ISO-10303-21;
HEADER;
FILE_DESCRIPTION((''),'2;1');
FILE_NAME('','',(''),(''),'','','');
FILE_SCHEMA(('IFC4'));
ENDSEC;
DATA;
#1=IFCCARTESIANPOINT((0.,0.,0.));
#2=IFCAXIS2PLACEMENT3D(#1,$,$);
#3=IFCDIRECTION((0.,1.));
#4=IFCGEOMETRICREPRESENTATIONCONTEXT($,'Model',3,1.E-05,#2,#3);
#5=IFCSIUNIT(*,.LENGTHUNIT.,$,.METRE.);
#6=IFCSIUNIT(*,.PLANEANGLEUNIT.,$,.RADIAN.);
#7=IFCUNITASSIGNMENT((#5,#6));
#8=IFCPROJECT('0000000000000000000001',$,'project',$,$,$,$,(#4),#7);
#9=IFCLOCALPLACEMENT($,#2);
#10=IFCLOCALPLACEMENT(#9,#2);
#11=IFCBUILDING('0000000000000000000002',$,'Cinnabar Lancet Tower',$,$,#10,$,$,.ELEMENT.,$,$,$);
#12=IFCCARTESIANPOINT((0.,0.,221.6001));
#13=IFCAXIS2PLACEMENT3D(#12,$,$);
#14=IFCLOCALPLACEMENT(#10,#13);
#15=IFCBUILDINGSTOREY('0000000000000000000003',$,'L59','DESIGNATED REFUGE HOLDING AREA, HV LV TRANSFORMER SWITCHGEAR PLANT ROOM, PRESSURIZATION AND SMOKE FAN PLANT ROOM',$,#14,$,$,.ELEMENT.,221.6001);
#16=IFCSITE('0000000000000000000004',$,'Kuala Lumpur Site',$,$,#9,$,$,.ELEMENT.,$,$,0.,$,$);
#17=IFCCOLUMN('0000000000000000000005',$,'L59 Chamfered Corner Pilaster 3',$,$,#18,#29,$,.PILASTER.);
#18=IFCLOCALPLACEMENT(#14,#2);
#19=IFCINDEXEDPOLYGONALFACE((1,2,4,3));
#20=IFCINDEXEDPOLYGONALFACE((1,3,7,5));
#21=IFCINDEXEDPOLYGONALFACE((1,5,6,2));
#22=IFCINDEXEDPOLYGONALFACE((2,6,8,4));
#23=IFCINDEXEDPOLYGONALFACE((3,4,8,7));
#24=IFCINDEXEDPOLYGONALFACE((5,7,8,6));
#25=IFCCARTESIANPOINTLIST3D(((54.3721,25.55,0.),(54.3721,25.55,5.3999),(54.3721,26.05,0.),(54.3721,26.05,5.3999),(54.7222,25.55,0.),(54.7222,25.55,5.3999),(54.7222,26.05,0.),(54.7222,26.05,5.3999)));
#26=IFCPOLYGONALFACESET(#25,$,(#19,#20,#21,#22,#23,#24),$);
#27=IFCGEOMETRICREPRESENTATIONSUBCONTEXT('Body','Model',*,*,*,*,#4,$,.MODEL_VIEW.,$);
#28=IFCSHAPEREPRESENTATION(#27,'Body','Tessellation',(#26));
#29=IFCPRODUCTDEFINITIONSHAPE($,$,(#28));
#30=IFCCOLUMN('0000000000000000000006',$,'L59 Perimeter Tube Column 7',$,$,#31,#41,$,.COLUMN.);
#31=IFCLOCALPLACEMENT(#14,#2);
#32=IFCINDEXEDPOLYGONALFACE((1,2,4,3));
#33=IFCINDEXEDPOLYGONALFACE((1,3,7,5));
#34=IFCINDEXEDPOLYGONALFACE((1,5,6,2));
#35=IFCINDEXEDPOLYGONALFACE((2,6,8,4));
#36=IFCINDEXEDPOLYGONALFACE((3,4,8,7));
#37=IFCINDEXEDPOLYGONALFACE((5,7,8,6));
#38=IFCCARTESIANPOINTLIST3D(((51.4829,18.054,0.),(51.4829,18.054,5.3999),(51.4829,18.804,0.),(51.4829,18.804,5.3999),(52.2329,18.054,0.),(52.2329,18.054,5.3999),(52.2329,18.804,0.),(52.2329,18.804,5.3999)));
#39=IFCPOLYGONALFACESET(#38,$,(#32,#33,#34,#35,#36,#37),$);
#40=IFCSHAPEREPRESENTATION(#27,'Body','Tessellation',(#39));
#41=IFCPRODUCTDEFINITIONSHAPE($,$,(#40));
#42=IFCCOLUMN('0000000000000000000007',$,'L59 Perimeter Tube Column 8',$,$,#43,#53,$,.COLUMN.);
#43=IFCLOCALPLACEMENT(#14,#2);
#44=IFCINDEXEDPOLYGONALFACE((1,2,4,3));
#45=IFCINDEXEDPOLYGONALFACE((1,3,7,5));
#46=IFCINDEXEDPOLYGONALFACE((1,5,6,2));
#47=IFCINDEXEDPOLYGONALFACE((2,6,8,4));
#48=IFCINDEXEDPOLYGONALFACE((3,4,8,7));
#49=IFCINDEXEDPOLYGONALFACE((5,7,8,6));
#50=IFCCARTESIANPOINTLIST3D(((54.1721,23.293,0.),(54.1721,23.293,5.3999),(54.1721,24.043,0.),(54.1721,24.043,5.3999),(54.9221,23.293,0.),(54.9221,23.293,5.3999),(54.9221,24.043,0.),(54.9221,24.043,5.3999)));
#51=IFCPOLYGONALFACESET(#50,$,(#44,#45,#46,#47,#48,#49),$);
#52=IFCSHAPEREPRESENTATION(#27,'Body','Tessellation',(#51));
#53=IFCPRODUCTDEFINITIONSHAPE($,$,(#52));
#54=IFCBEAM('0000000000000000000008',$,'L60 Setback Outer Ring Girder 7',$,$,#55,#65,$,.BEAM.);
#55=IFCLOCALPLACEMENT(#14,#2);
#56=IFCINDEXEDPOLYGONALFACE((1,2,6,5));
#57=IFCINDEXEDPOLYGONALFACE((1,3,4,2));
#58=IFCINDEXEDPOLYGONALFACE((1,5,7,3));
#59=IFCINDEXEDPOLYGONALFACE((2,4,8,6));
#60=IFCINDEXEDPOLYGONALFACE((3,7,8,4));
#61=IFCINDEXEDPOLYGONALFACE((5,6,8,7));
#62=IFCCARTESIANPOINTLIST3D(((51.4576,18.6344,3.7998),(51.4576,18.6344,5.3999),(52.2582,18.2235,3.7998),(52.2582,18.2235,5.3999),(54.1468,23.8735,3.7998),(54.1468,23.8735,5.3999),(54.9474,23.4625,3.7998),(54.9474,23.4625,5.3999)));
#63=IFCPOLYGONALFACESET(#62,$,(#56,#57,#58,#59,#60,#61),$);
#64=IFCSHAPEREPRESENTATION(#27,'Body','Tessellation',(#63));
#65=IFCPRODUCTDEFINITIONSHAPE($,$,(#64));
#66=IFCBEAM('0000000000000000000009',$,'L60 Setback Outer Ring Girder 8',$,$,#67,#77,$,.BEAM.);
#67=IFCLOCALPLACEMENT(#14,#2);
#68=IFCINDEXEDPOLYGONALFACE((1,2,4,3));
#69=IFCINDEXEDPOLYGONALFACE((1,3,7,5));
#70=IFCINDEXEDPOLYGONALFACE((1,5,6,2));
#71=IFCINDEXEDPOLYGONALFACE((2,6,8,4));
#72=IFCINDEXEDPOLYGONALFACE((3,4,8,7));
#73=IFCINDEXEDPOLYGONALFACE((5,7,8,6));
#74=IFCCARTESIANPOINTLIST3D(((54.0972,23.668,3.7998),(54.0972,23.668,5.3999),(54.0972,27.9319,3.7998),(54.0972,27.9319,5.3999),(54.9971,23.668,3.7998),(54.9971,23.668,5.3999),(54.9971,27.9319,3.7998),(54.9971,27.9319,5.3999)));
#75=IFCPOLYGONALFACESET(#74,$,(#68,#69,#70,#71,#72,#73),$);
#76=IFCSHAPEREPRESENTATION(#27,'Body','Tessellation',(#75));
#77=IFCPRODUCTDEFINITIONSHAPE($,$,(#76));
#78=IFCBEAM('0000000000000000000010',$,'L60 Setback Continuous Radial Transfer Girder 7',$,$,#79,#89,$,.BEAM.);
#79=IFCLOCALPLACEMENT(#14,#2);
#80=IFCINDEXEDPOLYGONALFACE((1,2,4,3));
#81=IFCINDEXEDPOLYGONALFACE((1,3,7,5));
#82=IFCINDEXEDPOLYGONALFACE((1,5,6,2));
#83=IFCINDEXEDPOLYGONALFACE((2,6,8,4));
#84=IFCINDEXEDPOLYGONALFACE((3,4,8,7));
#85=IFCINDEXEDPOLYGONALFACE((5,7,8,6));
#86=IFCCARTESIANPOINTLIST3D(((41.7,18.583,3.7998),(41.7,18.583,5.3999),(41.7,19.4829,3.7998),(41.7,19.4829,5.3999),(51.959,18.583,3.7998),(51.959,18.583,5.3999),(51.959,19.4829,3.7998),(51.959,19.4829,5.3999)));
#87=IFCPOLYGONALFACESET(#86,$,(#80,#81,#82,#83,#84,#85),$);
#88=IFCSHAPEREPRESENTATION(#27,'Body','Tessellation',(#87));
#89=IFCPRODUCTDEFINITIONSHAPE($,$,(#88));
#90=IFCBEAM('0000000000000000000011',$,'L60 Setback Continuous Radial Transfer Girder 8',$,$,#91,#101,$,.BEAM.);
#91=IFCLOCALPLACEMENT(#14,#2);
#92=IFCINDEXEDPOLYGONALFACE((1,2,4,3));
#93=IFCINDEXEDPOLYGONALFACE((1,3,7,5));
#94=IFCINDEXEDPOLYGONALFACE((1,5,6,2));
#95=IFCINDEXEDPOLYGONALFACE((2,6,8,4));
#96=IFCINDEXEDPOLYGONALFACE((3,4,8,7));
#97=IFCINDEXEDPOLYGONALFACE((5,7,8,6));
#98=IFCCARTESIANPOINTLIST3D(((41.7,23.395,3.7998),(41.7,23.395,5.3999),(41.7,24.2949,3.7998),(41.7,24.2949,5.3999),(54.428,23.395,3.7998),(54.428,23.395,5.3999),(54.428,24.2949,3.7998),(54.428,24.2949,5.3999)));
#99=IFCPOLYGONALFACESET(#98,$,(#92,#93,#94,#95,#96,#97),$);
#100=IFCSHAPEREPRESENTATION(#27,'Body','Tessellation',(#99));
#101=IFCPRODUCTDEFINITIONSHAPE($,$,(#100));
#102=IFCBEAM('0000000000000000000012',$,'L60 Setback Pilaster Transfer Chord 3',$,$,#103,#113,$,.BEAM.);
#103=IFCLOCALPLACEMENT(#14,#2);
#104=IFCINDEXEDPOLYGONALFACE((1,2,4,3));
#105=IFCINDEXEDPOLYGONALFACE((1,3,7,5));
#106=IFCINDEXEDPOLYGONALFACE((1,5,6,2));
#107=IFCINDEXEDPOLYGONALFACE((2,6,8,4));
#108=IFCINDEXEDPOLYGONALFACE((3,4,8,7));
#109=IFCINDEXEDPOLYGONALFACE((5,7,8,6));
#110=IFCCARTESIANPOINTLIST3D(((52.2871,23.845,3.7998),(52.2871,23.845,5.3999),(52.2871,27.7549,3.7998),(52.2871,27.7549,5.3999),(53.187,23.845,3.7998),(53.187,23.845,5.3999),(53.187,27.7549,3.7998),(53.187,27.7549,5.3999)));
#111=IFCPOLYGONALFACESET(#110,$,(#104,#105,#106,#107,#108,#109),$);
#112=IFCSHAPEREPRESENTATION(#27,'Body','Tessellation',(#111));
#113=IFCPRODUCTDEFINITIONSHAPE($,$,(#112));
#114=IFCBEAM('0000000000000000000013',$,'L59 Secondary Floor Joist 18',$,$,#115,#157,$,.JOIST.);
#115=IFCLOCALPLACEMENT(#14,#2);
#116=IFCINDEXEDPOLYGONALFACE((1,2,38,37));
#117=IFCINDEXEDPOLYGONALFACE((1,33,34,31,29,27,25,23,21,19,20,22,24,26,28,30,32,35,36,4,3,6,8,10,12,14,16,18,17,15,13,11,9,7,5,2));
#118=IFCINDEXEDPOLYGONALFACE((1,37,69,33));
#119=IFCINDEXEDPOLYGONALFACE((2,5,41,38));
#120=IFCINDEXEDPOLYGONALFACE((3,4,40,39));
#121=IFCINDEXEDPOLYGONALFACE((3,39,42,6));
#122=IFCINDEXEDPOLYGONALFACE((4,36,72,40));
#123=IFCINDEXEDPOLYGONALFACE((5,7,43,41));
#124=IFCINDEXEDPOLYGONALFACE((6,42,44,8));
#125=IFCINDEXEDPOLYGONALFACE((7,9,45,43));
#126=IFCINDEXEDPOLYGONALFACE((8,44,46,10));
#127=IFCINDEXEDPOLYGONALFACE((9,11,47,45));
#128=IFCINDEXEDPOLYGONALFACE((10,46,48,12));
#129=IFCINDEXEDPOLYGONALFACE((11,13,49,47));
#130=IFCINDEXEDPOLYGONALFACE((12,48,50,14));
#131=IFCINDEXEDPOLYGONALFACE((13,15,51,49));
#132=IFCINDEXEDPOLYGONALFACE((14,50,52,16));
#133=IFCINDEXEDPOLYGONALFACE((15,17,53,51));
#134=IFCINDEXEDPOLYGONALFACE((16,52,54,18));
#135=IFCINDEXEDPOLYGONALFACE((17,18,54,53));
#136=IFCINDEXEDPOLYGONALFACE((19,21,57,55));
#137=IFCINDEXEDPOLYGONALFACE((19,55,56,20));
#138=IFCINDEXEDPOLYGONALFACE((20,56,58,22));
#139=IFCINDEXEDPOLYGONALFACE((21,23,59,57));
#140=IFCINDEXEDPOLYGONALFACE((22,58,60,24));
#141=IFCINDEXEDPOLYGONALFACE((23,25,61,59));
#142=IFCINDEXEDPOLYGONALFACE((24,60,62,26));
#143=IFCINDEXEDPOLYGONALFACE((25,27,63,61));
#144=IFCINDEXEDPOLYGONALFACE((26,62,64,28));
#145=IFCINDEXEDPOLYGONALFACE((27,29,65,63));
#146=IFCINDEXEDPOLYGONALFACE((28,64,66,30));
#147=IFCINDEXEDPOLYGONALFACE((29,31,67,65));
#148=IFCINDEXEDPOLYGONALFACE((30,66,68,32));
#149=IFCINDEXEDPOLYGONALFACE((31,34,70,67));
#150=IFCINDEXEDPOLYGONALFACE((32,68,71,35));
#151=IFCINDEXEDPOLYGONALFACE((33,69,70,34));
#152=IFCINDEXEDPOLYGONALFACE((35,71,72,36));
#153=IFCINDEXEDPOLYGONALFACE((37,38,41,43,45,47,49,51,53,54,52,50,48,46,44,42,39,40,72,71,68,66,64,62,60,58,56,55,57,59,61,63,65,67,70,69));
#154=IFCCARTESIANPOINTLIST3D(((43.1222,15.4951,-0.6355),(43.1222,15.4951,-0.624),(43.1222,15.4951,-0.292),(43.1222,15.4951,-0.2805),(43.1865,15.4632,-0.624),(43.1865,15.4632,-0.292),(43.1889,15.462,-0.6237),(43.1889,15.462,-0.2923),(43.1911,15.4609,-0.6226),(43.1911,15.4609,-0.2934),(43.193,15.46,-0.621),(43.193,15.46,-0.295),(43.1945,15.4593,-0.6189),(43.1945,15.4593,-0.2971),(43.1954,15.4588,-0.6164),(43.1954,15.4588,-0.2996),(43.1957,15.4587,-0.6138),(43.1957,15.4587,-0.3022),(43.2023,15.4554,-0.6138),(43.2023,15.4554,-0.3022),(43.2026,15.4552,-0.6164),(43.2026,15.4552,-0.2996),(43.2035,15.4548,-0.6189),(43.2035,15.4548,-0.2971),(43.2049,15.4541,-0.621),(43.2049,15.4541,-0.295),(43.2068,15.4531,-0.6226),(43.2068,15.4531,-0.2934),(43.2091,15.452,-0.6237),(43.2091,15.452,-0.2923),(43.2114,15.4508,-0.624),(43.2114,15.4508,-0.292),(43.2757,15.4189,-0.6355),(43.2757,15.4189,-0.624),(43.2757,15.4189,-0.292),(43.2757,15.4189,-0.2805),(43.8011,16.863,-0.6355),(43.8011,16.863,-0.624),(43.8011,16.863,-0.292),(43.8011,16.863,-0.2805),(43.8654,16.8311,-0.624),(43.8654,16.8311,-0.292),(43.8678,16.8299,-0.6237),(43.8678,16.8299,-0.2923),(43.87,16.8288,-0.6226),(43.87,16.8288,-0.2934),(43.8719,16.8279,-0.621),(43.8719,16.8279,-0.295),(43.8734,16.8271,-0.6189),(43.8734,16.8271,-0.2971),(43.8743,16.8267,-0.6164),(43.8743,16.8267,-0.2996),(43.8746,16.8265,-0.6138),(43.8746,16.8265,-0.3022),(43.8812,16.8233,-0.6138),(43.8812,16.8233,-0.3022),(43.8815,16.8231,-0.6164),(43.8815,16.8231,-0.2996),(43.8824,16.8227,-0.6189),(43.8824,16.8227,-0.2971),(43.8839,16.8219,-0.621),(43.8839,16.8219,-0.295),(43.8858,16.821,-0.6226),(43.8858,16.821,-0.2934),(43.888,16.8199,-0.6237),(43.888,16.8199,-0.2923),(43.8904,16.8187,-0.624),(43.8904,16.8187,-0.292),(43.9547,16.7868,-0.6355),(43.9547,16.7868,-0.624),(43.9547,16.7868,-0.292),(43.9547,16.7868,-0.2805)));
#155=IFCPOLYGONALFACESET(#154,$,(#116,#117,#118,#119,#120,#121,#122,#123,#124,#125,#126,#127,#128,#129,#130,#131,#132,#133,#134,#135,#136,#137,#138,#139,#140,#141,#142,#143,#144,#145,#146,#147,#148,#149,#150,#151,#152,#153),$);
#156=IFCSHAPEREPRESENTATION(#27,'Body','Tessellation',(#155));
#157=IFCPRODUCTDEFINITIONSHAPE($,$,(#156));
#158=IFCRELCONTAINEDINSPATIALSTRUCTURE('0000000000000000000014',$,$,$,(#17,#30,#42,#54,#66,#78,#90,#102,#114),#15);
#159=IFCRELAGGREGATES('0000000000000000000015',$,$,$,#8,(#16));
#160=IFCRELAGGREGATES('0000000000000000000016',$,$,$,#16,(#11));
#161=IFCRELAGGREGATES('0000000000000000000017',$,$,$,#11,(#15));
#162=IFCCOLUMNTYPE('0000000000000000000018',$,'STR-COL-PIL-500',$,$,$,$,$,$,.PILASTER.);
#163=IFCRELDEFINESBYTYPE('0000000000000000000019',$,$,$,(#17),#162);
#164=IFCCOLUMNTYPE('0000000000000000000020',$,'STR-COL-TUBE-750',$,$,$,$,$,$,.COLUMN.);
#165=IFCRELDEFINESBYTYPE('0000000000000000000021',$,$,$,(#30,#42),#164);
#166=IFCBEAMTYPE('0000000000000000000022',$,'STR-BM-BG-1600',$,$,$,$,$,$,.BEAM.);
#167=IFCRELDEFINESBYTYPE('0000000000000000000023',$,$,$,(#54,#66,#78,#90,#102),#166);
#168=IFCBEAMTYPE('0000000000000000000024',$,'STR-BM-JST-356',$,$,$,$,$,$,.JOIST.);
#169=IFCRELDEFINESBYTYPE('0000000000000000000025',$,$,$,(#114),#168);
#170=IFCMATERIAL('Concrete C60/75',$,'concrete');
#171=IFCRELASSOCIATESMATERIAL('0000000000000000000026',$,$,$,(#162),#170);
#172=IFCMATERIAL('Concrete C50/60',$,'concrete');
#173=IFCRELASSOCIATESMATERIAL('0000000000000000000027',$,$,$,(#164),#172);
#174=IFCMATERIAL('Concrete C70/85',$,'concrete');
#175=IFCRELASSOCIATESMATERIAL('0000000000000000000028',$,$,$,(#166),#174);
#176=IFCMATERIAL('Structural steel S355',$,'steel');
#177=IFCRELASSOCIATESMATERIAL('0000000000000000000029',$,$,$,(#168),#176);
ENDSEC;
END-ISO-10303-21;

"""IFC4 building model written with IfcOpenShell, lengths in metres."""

from ifc_helpers import new_model, si_unit, direction, frame, origin, origin_2d, place, context, subcontext, project, spatial, rectangle, i_section, extrude, material, material_profile, profile_set, type_object, element, save


model = new_model("IFC4")

# Units and contexts
model_context = context("Model", 3, precision=1e-05, world=origin(), true_north=direction((0.0, 1.0)))
body_context = subcontext(model_context, "Body", "Model", "MODEL_VIEW")
ifc_project = project(units=[si_unit("LENGTHUNIT", "METRE"), si_unit("PLANEANGLEUNIT", "RADIAN")], contexts=[model_context])

# Site, building, storey
site_placement = place(None, origin())
site = spatial("IfcSite", under=ifc_project, at=site_placement, Name="Kuala Lumpur Site", CompositionType="ELEMENT", RefElevation=0.0)
building_placement = place(site_placement, origin())
building = spatial("IfcBuilding", under=site, at=building_placement, Name="Cinnabar Lancet Tower", CompositionType="ELEMENT")
storey_placement = place(building_placement, frame((0.0, 0.0, 221.6001)))
storey = spatial("IfcBuildingStorey", under=building, at=storey_placement, Name="L59", Description="DESIGNATED REFUGE HOLDING AREA, HV LV TRANSFORMER SWITCHGEAR PLANT ROOM, PRESSURIZATION AND SMOKE FAN PLANT ROOM", CompositionType="ELEMENT", Elevation=221.6001)

# Columns
ifc_material_1 = material(Name="Concrete C60/75", Category="concrete")
ifc_material_profile_1 = material_profile(ifc_material_1, rectangle(XDim=0.5, YDim=0.3501, at=origin_2d()), Name="RC-PIL 500x350")
ifc_profile_set_1 = profile_set([ifc_material_profile_1], Name="Concrete C60/75")
column_type_1 = type_object("IfcColumnType", Name="STR-COL-PIL-500", PredefinedType="PILASTER", material=ifc_profile_set_1)
column_placement = place(storey_placement, frame((54.5471, 25.8, 0.0), z_axis=(0.0, 0.0, 1.0), x_axis=(0.0, 1.0, 0.0)))
element("IfcColumn", 1, at=column_placement, inside=storey, type_object=column_type_1, Name="L59 Chamfered Corner Pilaster 3", PredefinedType="PILASTER", context=body_context, shape_type="SweptSolid", body=[
    extrude(rectangle(XDim=0.5, YDim=0.3501, at=origin_2d()), origin(), (0.0, 0.0, 1.0), 5.3999),
])
ifc_material_2 = material(Name="Concrete C50/60", Category="concrete")
ifc_material_profile_2 = material_profile(ifc_material_2, rectangle(XDim=0.75, YDim=0.75, at=origin_2d()), Name="RC-COL 750x750")
ifc_profile_set_2 = profile_set([ifc_material_profile_2], Name="Concrete C50/60")
column_type_2 = type_object("IfcColumnType", Name="STR-COL-TUBE-750", PredefinedType="COLUMN", material=ifc_profile_set_2)
for number, where, z_axis, x_axis, name in (
    (2, (51.8579, 18.429, 0.0), (0.0, 0.0, 1.0), (1.0, 0.0, 0.0), "L59 Perimeter Tube Column 7"),
    (3, (54.5471, 23.668, 0.0), (0.0, 0.0, 1.0), (1.0, 0.0, 0.0), "L59 Perimeter Tube Column 8"),
):
    element("IfcColumn", number, at=place(storey_placement, frame(where, z_axis=z_axis, x_axis=x_axis)), inside=storey, type_object=column_type_2, Name=name, PredefinedType="COLUMN", context=body_context, shape_type="SweptSolid", body=[
        extrude(rectangle(XDim=0.75, YDim=0.75, at=origin_2d()), origin(), (0.0, 0.0, 1.0), 5.3999),
    ])

# Beams
ifc_material_3 = material(Name="Concrete C70/85", Category="concrete")
ifc_material_profile_3 = material_profile(ifc_material_3, rectangle(XDim=0.8999, YDim=1.6001, at=origin_2d()), Name="RC-BG 900x1600")
ifc_profile_set_3 = profile_set([ifc_material_profile_3], Name="Concrete C70/85")
beam_type_1 = type_object("IfcBeamType", Name="STR-BM-BG-1600", PredefinedType="BEAM", material=ifc_profile_set_3)
beam_1_placement = place(storey_placement, frame((51.8579, 18.429, 4.5999), z_axis=(0.456657, 0.889643, 0.0), x_axis=(-0.889643, 0.456657, 0.0)))
element("IfcBeam", 4, at=beam_1_placement, inside=storey, type_object=beam_type_1, Name="L60 Setback Outer Ring Girder 7", PredefinedType="BEAM", context=body_context, shape_type="SweptSolid", body=[
    extrude(rectangle(XDim=0.8999, YDim=1.6001, at=origin_2d()), origin(), (0.0, 0.0, 1.0), 5.8889),
])
beam_2_placement = place(storey_placement, frame((54.5471, 23.668, 4.5999), z_axis=(0.0, 1.0, 0.0), x_axis=(-1.0, 0.0, 0.0)))
element("IfcBeam", 5, at=beam_2_placement, inside=storey, type_object=beam_type_1, Name="L60 Setback Outer Ring Girder 8", PredefinedType="BEAM", context=body_context, shape_type="SweptSolid", body=[
    extrude(rectangle(XDim=0.8999, YDim=1.6001, at=origin_2d()), origin(), (0.0, 0.0, 1.0), 4.2639),
])
beam_3_placement = place(storey_placement, frame((51.959, 19.033, 4.5999), z_axis=(-1.0, 0.0, 0.0), x_axis=(0.0, -1.0, 0.0)))
element("IfcBeam", 6, at=beam_3_placement, inside=storey, type_object=beam_type_1, Name="L60 Setback Continuous Radial Transfer Girder 7", PredefinedType="BEAM", context=body_context, shape_type="SweptSolid", body=[
    extrude(rectangle(XDim=0.8999, YDim=1.6001, at=origin_2d()), origin(), (0.0, 0.0, 1.0), 10.259),
])
beam_4_placement = place(storey_placement, frame((54.428, 23.845, 4.5999), z_axis=(-1.0, 0.0, 0.0), x_axis=(0.0, -1.0, 0.0)))
element("IfcBeam", 7, at=beam_4_placement, inside=storey, type_object=beam_type_1, Name="L60 Setback Continuous Radial Transfer Girder 8", PredefinedType="BEAM", context=body_context, shape_type="SweptSolid", body=[
    extrude(rectangle(XDim=0.8999, YDim=1.6001, at=origin_2d()), origin(), (0.0, 0.0, 1.0), 12.728),
])
beam_5_placement = place(storey_placement, frame((52.7371, 23.845, 4.5999), z_axis=(0.0, 1.0, 0.0), x_axis=(-1.0, 0.0, 0.0)))
element("IfcBeam", 8, at=beam_5_placement, inside=storey, type_object=beam_type_1, Name="L60 Setback Pilaster Transfer Chord 3", PredefinedType="BEAM", context=body_context, shape_type="SweptSolid", body=[
    extrude(rectangle(XDim=0.8999, YDim=1.6001, at=origin_2d()), origin(), (0.0, 0.0, 1.0), 3.9099),
])
ifc_material_4 = material(Name="Structural steel S355", Category="steel")
ifc_material_profile_4 = material_profile(ifc_material_4, i_section(OverallWidth=0.1714, OverallDepth=0.355, WebThickness=0.0073, FlangeThickness=0.0115, FilletRadius=0.0103, at=origin_2d()), Name="UKB 356x171x51")
ifc_profile_set_4 = profile_set([ifc_material_profile_4], Name="Structural steel S355")
beam_type_2 = type_object("IfcBeamType", Name="STR-BM-JST-356", PredefinedType="JOIST", material=ifc_profile_set_4)
beam_6_placement = place(storey_placement, frame((43.199, 15.457, -0.458), z_axis=(0.44459, 0.895734, 0.0), x_axis=(-0.895734, 0.44459, 0.0)))
element("IfcBeam", 9, at=beam_6_placement, inside=storey, type_object=beam_type_2, Name="L59 Secondary Floor Joist 18", PredefinedType="JOIST", context=body_context, shape_type="SweptSolid", body=[
    extrude(i_section(OverallWidth=0.1714, OverallDepth=0.355, WebThickness=0.0073, FlangeThickness=0.0115, FilletRadius=0.0103, at=origin_2d()), origin(), (0.0, 0.0, 1.0), 1.5271),
])

save(model, "model.ifc")
